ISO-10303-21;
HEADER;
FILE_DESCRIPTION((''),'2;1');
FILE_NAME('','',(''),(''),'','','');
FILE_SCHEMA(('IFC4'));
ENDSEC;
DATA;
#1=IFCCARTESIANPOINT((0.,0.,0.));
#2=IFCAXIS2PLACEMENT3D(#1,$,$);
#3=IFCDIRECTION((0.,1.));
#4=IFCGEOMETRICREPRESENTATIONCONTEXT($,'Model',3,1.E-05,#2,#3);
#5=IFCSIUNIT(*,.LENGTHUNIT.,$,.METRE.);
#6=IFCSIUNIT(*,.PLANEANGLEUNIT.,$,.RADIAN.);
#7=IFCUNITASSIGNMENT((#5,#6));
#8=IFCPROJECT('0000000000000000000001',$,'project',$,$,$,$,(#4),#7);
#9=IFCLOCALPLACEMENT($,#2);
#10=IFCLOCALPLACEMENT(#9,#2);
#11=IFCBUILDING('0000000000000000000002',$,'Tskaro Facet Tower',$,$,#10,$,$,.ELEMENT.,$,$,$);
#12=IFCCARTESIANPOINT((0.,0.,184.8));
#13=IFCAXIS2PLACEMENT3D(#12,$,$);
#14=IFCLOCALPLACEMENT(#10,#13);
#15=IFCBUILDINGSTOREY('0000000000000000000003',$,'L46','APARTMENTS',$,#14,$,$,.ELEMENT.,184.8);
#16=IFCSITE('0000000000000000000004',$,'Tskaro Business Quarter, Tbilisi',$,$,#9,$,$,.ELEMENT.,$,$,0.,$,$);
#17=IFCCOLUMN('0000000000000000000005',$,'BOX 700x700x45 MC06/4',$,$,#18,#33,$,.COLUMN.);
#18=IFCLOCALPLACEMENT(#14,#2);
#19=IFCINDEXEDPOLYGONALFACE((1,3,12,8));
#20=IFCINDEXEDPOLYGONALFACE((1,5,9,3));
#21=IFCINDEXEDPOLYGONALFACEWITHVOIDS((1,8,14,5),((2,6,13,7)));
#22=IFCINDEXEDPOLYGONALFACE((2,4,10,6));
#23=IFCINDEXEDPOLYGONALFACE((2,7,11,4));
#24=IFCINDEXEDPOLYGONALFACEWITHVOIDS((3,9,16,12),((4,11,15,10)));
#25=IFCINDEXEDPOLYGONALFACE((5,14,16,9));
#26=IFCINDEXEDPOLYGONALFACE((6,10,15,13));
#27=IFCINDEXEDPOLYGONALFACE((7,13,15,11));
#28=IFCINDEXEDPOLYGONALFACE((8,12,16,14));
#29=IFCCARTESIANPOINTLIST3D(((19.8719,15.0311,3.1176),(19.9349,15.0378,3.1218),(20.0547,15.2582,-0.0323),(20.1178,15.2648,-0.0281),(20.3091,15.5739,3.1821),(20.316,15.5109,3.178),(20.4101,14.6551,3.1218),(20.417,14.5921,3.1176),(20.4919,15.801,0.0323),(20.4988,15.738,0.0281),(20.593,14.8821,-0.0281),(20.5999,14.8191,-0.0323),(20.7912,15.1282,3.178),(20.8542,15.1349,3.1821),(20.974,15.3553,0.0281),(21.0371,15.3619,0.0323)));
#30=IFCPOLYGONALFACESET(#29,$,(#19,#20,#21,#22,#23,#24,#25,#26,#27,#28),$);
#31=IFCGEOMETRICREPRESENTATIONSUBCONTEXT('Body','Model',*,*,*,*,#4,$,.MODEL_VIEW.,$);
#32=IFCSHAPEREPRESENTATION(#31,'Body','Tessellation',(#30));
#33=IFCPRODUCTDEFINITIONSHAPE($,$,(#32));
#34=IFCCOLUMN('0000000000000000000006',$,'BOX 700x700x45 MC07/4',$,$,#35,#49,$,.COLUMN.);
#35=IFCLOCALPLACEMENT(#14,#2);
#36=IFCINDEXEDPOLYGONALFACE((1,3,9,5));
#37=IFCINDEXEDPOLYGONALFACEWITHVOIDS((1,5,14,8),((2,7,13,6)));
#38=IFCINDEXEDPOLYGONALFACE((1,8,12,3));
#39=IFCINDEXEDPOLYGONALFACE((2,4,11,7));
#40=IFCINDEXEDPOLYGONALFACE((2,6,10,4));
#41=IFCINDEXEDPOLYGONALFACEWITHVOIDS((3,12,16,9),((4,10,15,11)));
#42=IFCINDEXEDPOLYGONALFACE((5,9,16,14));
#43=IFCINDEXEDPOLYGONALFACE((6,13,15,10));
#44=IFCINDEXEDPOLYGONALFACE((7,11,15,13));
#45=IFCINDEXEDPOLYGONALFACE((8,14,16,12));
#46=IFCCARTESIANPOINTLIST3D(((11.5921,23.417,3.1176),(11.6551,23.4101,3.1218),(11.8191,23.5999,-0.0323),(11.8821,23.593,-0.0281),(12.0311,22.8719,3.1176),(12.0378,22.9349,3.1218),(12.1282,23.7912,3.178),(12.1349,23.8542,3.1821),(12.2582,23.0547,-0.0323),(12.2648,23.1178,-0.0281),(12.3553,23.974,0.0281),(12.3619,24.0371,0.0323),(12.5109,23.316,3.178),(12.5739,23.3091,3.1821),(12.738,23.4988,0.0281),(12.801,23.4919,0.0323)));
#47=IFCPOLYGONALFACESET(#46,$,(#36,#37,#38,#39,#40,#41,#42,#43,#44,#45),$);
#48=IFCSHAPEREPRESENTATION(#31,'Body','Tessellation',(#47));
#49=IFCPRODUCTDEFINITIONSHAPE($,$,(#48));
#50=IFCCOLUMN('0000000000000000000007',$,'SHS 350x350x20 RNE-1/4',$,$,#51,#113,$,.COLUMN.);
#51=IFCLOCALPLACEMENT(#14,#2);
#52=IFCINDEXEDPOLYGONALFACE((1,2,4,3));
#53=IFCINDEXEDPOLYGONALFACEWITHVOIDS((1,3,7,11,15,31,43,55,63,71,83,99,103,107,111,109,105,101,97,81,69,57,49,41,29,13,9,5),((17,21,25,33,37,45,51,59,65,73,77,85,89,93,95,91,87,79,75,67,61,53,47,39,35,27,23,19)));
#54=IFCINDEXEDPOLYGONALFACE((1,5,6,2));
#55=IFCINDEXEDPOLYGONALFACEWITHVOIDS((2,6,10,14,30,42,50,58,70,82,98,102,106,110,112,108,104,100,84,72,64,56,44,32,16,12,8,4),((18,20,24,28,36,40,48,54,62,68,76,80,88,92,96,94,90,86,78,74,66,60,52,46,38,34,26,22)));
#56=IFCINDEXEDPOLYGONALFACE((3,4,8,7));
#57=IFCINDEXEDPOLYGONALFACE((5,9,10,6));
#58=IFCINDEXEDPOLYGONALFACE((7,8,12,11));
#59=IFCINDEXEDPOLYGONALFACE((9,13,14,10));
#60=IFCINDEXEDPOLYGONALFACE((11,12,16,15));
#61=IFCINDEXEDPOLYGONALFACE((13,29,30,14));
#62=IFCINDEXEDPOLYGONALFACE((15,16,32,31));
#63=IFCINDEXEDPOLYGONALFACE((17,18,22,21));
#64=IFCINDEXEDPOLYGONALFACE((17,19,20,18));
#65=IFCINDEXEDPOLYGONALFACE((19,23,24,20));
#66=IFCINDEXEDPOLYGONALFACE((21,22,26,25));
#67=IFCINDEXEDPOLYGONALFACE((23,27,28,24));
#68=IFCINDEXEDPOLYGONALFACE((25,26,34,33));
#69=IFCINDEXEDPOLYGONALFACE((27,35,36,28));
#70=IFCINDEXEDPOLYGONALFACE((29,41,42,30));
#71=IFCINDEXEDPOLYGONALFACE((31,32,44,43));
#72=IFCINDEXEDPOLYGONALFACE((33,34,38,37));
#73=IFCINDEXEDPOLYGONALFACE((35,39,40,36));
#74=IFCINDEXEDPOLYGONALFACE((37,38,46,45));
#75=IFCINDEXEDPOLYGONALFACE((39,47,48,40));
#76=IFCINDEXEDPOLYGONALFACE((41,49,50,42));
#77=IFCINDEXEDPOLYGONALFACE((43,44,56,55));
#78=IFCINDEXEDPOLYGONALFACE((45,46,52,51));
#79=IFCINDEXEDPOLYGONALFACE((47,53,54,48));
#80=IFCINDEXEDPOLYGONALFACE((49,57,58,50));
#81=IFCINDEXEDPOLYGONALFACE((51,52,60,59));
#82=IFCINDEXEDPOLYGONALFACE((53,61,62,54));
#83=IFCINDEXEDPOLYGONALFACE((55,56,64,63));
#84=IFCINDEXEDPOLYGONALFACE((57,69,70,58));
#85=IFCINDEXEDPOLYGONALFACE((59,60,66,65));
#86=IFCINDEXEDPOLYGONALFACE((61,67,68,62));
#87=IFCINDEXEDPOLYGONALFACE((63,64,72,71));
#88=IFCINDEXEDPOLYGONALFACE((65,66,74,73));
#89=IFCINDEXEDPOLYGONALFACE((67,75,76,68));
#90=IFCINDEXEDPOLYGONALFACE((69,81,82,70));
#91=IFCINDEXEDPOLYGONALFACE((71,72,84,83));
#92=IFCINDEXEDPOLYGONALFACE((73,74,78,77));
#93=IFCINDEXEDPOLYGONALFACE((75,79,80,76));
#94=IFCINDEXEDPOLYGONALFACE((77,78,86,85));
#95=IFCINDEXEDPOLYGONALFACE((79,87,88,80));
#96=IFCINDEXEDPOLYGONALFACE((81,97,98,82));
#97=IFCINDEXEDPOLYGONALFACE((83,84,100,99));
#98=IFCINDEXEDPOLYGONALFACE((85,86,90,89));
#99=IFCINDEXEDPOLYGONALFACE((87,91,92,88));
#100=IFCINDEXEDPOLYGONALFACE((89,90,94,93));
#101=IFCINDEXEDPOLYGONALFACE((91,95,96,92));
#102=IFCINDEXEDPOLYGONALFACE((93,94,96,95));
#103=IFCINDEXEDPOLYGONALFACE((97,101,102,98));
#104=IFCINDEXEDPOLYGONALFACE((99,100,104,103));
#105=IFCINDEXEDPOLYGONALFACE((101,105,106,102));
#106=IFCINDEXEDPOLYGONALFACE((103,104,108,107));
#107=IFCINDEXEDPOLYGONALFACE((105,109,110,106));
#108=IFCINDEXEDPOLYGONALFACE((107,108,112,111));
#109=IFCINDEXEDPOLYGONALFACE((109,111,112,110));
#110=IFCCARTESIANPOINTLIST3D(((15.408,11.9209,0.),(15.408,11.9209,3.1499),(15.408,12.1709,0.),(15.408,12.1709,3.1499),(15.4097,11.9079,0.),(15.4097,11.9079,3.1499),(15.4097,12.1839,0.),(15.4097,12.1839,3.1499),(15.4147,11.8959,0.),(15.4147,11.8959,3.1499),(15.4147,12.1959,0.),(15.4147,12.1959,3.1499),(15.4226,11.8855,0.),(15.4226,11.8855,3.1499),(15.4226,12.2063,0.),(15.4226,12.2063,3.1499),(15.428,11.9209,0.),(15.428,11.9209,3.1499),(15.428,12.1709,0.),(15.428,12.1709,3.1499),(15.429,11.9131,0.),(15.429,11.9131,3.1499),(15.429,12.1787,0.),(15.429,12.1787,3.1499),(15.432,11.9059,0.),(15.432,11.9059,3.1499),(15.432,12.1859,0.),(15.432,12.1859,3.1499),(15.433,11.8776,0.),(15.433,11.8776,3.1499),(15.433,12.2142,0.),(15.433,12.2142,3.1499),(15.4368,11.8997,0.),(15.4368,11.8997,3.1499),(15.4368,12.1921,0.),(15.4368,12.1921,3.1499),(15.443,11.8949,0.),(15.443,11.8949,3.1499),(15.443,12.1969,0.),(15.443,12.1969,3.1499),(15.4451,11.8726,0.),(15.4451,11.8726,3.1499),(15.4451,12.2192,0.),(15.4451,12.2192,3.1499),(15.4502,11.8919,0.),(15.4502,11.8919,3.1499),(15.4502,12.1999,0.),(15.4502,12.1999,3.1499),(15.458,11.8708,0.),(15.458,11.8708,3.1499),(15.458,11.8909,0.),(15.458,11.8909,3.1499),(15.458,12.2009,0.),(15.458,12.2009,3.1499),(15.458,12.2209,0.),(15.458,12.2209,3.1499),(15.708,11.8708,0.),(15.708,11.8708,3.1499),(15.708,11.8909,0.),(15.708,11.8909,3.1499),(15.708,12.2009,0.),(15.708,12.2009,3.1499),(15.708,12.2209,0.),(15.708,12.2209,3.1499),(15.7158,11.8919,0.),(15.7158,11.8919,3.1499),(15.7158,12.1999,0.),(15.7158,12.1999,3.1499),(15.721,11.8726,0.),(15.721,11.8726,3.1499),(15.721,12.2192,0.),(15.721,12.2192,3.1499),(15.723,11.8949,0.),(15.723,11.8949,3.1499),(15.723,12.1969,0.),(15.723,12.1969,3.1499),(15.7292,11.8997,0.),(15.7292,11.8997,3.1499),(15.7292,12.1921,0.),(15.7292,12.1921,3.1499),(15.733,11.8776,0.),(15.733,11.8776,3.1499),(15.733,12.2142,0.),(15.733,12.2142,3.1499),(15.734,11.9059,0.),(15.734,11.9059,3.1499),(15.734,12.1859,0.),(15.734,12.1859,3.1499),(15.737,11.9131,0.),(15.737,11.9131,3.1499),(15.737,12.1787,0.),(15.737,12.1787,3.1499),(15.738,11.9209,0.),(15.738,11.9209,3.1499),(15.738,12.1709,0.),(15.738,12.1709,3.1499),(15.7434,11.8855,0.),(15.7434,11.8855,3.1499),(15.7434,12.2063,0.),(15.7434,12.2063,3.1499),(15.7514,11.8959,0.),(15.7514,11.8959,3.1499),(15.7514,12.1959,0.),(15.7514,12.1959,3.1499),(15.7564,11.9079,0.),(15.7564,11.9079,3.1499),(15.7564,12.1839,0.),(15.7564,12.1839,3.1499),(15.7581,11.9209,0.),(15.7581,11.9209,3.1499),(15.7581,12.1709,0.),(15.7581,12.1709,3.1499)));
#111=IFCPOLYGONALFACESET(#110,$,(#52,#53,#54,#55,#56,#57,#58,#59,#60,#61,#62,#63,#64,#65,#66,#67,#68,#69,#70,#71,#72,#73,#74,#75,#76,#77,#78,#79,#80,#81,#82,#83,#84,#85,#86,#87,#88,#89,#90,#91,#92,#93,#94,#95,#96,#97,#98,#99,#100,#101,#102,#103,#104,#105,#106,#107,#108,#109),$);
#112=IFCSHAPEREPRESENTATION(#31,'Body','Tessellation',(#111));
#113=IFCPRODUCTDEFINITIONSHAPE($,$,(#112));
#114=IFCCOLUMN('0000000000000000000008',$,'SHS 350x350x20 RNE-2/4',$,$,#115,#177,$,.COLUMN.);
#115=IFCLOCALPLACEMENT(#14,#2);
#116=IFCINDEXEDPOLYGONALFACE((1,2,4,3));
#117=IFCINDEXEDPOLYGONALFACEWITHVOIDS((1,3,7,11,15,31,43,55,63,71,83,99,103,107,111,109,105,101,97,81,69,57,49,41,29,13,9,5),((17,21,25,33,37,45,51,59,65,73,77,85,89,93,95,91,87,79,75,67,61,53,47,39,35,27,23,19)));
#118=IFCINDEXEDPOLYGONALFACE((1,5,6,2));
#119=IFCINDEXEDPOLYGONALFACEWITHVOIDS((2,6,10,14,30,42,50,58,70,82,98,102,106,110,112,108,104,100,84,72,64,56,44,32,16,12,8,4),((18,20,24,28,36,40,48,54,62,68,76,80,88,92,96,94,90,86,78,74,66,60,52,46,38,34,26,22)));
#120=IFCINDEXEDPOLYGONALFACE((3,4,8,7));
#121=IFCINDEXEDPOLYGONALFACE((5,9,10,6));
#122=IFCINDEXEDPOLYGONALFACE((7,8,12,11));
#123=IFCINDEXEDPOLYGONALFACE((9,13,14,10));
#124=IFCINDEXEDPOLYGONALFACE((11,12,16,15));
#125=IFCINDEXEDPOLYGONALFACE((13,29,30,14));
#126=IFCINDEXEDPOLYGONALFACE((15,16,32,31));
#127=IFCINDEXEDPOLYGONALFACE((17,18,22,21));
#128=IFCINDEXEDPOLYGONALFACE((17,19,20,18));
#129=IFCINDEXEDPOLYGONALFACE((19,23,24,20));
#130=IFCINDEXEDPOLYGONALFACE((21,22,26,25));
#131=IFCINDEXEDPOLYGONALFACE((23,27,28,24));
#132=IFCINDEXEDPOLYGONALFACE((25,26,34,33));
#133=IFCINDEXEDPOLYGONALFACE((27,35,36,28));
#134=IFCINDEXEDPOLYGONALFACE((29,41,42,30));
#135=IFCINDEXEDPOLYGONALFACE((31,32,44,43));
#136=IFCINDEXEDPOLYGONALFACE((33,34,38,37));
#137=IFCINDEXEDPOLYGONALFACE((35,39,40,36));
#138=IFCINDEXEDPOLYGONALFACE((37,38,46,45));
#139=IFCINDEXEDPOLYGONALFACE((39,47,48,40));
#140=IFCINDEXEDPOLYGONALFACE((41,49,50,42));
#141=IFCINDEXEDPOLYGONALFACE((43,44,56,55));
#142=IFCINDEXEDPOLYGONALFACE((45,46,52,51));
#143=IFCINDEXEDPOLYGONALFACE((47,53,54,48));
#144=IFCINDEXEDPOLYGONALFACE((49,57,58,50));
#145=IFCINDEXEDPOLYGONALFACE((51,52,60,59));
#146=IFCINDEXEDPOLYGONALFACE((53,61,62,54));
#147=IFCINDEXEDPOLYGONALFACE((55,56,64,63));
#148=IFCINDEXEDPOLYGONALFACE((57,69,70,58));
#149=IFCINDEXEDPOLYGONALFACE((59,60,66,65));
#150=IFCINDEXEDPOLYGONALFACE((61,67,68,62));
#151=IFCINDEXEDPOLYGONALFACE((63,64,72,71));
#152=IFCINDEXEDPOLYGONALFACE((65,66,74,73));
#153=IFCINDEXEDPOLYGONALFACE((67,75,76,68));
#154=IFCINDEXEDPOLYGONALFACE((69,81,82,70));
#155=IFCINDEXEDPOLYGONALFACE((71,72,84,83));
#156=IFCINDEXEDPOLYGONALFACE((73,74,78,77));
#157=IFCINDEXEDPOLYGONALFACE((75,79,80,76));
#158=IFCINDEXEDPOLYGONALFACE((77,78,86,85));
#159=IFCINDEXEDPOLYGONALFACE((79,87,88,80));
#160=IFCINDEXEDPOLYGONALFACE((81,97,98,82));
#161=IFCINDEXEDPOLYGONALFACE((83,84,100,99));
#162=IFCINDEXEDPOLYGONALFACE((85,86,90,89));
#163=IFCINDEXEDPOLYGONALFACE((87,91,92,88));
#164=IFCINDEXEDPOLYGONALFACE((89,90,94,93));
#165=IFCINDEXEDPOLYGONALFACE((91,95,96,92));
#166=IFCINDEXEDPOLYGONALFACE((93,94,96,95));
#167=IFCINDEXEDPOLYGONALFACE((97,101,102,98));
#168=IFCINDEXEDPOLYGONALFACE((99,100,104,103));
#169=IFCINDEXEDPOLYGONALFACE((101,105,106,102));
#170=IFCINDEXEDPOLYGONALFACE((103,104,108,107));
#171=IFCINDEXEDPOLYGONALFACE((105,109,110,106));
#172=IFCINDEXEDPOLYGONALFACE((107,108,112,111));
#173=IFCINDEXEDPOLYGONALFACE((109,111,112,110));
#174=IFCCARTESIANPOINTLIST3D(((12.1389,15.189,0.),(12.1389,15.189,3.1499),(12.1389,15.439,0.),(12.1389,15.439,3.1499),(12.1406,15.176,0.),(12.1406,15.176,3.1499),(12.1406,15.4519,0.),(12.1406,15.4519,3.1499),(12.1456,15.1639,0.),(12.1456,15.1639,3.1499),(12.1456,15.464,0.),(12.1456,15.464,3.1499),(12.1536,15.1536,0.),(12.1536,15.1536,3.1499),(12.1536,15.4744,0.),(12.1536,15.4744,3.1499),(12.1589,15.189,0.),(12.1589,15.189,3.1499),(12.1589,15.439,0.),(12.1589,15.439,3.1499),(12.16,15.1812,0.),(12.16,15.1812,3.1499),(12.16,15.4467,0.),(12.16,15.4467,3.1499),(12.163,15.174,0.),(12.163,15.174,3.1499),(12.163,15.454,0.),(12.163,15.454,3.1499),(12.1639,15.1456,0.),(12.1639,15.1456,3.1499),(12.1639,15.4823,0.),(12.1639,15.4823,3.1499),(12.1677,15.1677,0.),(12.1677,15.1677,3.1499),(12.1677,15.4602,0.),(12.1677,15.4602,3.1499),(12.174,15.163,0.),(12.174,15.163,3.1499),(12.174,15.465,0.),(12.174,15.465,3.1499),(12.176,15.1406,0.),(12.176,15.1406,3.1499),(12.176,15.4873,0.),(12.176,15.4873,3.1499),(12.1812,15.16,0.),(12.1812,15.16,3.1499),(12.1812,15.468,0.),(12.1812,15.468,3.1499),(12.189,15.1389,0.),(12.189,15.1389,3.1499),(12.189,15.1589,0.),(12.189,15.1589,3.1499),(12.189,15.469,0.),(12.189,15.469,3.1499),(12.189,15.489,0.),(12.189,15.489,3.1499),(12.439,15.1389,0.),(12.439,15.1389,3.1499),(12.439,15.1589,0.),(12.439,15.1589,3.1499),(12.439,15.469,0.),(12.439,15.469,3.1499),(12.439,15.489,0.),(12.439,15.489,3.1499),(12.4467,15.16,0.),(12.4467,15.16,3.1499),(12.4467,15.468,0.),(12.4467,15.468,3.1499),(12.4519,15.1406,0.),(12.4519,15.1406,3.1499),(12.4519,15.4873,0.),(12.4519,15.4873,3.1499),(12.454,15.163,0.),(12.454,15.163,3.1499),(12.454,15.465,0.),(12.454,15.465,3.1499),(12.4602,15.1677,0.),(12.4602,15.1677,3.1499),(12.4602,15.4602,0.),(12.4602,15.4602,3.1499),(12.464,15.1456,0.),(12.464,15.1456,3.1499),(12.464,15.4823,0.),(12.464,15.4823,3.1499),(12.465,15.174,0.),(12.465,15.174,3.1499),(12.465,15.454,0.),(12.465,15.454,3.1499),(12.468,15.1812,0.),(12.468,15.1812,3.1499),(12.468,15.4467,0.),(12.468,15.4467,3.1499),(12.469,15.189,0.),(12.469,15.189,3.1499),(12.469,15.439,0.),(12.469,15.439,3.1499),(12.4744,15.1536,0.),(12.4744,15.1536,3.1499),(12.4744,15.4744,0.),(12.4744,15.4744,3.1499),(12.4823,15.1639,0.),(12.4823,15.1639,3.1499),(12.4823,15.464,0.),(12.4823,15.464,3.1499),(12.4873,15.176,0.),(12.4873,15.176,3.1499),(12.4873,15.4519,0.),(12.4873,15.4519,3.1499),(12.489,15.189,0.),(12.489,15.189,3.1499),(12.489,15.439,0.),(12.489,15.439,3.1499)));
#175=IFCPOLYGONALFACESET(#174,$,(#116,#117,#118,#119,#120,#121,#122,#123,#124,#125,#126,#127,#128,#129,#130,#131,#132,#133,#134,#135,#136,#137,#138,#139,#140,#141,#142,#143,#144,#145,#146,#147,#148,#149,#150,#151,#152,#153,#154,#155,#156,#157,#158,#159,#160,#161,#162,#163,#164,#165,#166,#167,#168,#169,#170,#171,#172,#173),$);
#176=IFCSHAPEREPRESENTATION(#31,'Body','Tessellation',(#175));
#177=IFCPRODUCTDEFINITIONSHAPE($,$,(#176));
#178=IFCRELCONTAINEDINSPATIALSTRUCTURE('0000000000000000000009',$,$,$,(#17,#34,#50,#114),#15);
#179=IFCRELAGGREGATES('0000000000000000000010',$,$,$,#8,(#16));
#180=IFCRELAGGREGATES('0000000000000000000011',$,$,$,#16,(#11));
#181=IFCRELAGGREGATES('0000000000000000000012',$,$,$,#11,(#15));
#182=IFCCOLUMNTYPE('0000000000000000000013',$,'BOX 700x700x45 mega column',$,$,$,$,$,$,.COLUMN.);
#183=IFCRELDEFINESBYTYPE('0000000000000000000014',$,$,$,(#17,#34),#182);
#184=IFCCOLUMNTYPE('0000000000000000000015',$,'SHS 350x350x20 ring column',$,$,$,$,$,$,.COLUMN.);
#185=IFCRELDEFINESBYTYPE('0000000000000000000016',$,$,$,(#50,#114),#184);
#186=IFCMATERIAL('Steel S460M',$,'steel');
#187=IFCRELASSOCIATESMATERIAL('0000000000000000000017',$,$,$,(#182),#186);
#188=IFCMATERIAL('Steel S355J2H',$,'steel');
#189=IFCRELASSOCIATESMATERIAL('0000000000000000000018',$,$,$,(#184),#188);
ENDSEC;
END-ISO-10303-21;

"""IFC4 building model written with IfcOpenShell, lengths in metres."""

from ifc_helpers import new_model, si_unit, direction, frame, origin, origin_2d, place, context, subcontext, project, spatial, hollow_rectangle, extrude, material, material_profile, profile_set, type_object, element, save


model = new_model("IFC4")

# Units and contexts
model_context = context("Model", 3, precision=1e-05, world=origin(), true_north=direction((0.0, 1.0)))
body_context = subcontext(model_context, "Body", "Model", "MODEL_VIEW")
ifc_project = project(units=[si_unit("LENGTHUNIT", "METRE"), si_unit("PLANEANGLEUNIT", "RADIAN")], contexts=[model_context])

# Site, building, storey
site_placement = place(None, origin())
site = spatial("IfcSite", under=ifc_project, at=site_placement, Name="Tskaro Business Quarter, Tbilisi", CompositionType="ELEMENT", RefElevation=0.0)
building_placement = place(site_placement, origin())
building = spatial("IfcBuilding", under=site, at=building_placement, Name="Tskaro Facet Tower", CompositionType="ELEMENT")
storey_placement = place(building_placement, frame((0.0, 0.0, 184.8)))
storey = spatial("IfcBuildingStorey", under=building, at=storey_placement, Name="L46", Description="APARTMENTS", CompositionType="ELEMENT", Elevation=184.8)

# Columns
ifc_material_1 = material(Name="Steel S460M", Category="steel")
ifc_material_profile_1 = material_profile(ifc_material_1, hollow_rectangle(XDim=0.7, YDim=0.7, WallThickness=0.0449, at=origin_2d()), Name="BOX 700x700x45")
ifc_profile_set_1 = profile_set([ifc_material_profile_1], Name="Steel S460M")
column_type_1 = type_object("IfcColumnType", Name="BOX 700x700x45 mega column", PredefinedType="COLUMN", material=ifc_profile_set_1)
for number, where, z_axis, x_axis, name in (
    (1, (20.5459, 15.3101, 0.0), (-0.057806, -0.071775, 0.995744), (0.778822, -0.627245, 0.0), "BOX 700x700x45 MC06/4"),
    (2, (12.3101, 23.5459, 0.0), (-0.071775, -0.057806, 0.995744), (0.627245, -0.778822, 0.0), "BOX 700x700x45 MC07/4"),
):
    element("IfcColumn", number, at=place(storey_placement, frame(where, z_axis=z_axis, x_axis=x_axis)), inside=storey, type_object=column_type_1, Name=name, PredefinedType="COLUMN", context=body_context, shape_type="SweptSolid", body=[
        extrude(hollow_rectangle(XDim=0.7, YDim=0.7, WallThickness=0.0449, at=origin_2d()), origin(), (0.0, 0.0, 1.0), 3.1633),
    ])
ifc_material_2 = material(Name="Steel S355J2H", Category="steel")
ifc_material_profile_2 = material_profile(ifc_material_2, hollow_rectangle(XDim=0.3501, YDim=0.3501, WallThickness=0.02, InnerFilletRadius=0.03, OuterFilletRadius=0.05, at=origin_2d()), Name="SHS 350x350x20")
ifc_profile_set_2 = profile_set([ifc_material_profile_2], Name="Steel S355J2H")
column_type_2 = type_object("IfcColumnType", Name="SHS 350x350x20 ring column", PredefinedType="COLUMN", material=ifc_profile_set_2)
for number, where, z_axis, x_axis, name in (
    (3, (15.583, 12.0459, 0.0), (0.0, 0.0, 1.0), (1.0, 0.0, 0.0), "SHS 350x350x20 RNE-1/4"),
    (4, (12.314, 15.314, 0.0), (0.0, 0.0, 1.0), (1.0, 0.0, 0.0), "SHS 350x350x20 RNE-2/4"),
):
    element("IfcColumn", number, at=place(storey_placement, frame(where, z_axis=z_axis, x_axis=x_axis)), inside=storey, type_object=column_type_2, Name=name, PredefinedType="COLUMN", context=body_context, shape_type="SweptSolid", body=[
        extrude(hollow_rectangle(XDim=0.3501, YDim=0.3501, WallThickness=0.02, InnerFilletRadius=0.03, OuterFilletRadius=0.05, at=origin_2d()), origin(), (0.0, 0.0, 1.0), 3.1499),
    ])

save(model, "model.ifc")
